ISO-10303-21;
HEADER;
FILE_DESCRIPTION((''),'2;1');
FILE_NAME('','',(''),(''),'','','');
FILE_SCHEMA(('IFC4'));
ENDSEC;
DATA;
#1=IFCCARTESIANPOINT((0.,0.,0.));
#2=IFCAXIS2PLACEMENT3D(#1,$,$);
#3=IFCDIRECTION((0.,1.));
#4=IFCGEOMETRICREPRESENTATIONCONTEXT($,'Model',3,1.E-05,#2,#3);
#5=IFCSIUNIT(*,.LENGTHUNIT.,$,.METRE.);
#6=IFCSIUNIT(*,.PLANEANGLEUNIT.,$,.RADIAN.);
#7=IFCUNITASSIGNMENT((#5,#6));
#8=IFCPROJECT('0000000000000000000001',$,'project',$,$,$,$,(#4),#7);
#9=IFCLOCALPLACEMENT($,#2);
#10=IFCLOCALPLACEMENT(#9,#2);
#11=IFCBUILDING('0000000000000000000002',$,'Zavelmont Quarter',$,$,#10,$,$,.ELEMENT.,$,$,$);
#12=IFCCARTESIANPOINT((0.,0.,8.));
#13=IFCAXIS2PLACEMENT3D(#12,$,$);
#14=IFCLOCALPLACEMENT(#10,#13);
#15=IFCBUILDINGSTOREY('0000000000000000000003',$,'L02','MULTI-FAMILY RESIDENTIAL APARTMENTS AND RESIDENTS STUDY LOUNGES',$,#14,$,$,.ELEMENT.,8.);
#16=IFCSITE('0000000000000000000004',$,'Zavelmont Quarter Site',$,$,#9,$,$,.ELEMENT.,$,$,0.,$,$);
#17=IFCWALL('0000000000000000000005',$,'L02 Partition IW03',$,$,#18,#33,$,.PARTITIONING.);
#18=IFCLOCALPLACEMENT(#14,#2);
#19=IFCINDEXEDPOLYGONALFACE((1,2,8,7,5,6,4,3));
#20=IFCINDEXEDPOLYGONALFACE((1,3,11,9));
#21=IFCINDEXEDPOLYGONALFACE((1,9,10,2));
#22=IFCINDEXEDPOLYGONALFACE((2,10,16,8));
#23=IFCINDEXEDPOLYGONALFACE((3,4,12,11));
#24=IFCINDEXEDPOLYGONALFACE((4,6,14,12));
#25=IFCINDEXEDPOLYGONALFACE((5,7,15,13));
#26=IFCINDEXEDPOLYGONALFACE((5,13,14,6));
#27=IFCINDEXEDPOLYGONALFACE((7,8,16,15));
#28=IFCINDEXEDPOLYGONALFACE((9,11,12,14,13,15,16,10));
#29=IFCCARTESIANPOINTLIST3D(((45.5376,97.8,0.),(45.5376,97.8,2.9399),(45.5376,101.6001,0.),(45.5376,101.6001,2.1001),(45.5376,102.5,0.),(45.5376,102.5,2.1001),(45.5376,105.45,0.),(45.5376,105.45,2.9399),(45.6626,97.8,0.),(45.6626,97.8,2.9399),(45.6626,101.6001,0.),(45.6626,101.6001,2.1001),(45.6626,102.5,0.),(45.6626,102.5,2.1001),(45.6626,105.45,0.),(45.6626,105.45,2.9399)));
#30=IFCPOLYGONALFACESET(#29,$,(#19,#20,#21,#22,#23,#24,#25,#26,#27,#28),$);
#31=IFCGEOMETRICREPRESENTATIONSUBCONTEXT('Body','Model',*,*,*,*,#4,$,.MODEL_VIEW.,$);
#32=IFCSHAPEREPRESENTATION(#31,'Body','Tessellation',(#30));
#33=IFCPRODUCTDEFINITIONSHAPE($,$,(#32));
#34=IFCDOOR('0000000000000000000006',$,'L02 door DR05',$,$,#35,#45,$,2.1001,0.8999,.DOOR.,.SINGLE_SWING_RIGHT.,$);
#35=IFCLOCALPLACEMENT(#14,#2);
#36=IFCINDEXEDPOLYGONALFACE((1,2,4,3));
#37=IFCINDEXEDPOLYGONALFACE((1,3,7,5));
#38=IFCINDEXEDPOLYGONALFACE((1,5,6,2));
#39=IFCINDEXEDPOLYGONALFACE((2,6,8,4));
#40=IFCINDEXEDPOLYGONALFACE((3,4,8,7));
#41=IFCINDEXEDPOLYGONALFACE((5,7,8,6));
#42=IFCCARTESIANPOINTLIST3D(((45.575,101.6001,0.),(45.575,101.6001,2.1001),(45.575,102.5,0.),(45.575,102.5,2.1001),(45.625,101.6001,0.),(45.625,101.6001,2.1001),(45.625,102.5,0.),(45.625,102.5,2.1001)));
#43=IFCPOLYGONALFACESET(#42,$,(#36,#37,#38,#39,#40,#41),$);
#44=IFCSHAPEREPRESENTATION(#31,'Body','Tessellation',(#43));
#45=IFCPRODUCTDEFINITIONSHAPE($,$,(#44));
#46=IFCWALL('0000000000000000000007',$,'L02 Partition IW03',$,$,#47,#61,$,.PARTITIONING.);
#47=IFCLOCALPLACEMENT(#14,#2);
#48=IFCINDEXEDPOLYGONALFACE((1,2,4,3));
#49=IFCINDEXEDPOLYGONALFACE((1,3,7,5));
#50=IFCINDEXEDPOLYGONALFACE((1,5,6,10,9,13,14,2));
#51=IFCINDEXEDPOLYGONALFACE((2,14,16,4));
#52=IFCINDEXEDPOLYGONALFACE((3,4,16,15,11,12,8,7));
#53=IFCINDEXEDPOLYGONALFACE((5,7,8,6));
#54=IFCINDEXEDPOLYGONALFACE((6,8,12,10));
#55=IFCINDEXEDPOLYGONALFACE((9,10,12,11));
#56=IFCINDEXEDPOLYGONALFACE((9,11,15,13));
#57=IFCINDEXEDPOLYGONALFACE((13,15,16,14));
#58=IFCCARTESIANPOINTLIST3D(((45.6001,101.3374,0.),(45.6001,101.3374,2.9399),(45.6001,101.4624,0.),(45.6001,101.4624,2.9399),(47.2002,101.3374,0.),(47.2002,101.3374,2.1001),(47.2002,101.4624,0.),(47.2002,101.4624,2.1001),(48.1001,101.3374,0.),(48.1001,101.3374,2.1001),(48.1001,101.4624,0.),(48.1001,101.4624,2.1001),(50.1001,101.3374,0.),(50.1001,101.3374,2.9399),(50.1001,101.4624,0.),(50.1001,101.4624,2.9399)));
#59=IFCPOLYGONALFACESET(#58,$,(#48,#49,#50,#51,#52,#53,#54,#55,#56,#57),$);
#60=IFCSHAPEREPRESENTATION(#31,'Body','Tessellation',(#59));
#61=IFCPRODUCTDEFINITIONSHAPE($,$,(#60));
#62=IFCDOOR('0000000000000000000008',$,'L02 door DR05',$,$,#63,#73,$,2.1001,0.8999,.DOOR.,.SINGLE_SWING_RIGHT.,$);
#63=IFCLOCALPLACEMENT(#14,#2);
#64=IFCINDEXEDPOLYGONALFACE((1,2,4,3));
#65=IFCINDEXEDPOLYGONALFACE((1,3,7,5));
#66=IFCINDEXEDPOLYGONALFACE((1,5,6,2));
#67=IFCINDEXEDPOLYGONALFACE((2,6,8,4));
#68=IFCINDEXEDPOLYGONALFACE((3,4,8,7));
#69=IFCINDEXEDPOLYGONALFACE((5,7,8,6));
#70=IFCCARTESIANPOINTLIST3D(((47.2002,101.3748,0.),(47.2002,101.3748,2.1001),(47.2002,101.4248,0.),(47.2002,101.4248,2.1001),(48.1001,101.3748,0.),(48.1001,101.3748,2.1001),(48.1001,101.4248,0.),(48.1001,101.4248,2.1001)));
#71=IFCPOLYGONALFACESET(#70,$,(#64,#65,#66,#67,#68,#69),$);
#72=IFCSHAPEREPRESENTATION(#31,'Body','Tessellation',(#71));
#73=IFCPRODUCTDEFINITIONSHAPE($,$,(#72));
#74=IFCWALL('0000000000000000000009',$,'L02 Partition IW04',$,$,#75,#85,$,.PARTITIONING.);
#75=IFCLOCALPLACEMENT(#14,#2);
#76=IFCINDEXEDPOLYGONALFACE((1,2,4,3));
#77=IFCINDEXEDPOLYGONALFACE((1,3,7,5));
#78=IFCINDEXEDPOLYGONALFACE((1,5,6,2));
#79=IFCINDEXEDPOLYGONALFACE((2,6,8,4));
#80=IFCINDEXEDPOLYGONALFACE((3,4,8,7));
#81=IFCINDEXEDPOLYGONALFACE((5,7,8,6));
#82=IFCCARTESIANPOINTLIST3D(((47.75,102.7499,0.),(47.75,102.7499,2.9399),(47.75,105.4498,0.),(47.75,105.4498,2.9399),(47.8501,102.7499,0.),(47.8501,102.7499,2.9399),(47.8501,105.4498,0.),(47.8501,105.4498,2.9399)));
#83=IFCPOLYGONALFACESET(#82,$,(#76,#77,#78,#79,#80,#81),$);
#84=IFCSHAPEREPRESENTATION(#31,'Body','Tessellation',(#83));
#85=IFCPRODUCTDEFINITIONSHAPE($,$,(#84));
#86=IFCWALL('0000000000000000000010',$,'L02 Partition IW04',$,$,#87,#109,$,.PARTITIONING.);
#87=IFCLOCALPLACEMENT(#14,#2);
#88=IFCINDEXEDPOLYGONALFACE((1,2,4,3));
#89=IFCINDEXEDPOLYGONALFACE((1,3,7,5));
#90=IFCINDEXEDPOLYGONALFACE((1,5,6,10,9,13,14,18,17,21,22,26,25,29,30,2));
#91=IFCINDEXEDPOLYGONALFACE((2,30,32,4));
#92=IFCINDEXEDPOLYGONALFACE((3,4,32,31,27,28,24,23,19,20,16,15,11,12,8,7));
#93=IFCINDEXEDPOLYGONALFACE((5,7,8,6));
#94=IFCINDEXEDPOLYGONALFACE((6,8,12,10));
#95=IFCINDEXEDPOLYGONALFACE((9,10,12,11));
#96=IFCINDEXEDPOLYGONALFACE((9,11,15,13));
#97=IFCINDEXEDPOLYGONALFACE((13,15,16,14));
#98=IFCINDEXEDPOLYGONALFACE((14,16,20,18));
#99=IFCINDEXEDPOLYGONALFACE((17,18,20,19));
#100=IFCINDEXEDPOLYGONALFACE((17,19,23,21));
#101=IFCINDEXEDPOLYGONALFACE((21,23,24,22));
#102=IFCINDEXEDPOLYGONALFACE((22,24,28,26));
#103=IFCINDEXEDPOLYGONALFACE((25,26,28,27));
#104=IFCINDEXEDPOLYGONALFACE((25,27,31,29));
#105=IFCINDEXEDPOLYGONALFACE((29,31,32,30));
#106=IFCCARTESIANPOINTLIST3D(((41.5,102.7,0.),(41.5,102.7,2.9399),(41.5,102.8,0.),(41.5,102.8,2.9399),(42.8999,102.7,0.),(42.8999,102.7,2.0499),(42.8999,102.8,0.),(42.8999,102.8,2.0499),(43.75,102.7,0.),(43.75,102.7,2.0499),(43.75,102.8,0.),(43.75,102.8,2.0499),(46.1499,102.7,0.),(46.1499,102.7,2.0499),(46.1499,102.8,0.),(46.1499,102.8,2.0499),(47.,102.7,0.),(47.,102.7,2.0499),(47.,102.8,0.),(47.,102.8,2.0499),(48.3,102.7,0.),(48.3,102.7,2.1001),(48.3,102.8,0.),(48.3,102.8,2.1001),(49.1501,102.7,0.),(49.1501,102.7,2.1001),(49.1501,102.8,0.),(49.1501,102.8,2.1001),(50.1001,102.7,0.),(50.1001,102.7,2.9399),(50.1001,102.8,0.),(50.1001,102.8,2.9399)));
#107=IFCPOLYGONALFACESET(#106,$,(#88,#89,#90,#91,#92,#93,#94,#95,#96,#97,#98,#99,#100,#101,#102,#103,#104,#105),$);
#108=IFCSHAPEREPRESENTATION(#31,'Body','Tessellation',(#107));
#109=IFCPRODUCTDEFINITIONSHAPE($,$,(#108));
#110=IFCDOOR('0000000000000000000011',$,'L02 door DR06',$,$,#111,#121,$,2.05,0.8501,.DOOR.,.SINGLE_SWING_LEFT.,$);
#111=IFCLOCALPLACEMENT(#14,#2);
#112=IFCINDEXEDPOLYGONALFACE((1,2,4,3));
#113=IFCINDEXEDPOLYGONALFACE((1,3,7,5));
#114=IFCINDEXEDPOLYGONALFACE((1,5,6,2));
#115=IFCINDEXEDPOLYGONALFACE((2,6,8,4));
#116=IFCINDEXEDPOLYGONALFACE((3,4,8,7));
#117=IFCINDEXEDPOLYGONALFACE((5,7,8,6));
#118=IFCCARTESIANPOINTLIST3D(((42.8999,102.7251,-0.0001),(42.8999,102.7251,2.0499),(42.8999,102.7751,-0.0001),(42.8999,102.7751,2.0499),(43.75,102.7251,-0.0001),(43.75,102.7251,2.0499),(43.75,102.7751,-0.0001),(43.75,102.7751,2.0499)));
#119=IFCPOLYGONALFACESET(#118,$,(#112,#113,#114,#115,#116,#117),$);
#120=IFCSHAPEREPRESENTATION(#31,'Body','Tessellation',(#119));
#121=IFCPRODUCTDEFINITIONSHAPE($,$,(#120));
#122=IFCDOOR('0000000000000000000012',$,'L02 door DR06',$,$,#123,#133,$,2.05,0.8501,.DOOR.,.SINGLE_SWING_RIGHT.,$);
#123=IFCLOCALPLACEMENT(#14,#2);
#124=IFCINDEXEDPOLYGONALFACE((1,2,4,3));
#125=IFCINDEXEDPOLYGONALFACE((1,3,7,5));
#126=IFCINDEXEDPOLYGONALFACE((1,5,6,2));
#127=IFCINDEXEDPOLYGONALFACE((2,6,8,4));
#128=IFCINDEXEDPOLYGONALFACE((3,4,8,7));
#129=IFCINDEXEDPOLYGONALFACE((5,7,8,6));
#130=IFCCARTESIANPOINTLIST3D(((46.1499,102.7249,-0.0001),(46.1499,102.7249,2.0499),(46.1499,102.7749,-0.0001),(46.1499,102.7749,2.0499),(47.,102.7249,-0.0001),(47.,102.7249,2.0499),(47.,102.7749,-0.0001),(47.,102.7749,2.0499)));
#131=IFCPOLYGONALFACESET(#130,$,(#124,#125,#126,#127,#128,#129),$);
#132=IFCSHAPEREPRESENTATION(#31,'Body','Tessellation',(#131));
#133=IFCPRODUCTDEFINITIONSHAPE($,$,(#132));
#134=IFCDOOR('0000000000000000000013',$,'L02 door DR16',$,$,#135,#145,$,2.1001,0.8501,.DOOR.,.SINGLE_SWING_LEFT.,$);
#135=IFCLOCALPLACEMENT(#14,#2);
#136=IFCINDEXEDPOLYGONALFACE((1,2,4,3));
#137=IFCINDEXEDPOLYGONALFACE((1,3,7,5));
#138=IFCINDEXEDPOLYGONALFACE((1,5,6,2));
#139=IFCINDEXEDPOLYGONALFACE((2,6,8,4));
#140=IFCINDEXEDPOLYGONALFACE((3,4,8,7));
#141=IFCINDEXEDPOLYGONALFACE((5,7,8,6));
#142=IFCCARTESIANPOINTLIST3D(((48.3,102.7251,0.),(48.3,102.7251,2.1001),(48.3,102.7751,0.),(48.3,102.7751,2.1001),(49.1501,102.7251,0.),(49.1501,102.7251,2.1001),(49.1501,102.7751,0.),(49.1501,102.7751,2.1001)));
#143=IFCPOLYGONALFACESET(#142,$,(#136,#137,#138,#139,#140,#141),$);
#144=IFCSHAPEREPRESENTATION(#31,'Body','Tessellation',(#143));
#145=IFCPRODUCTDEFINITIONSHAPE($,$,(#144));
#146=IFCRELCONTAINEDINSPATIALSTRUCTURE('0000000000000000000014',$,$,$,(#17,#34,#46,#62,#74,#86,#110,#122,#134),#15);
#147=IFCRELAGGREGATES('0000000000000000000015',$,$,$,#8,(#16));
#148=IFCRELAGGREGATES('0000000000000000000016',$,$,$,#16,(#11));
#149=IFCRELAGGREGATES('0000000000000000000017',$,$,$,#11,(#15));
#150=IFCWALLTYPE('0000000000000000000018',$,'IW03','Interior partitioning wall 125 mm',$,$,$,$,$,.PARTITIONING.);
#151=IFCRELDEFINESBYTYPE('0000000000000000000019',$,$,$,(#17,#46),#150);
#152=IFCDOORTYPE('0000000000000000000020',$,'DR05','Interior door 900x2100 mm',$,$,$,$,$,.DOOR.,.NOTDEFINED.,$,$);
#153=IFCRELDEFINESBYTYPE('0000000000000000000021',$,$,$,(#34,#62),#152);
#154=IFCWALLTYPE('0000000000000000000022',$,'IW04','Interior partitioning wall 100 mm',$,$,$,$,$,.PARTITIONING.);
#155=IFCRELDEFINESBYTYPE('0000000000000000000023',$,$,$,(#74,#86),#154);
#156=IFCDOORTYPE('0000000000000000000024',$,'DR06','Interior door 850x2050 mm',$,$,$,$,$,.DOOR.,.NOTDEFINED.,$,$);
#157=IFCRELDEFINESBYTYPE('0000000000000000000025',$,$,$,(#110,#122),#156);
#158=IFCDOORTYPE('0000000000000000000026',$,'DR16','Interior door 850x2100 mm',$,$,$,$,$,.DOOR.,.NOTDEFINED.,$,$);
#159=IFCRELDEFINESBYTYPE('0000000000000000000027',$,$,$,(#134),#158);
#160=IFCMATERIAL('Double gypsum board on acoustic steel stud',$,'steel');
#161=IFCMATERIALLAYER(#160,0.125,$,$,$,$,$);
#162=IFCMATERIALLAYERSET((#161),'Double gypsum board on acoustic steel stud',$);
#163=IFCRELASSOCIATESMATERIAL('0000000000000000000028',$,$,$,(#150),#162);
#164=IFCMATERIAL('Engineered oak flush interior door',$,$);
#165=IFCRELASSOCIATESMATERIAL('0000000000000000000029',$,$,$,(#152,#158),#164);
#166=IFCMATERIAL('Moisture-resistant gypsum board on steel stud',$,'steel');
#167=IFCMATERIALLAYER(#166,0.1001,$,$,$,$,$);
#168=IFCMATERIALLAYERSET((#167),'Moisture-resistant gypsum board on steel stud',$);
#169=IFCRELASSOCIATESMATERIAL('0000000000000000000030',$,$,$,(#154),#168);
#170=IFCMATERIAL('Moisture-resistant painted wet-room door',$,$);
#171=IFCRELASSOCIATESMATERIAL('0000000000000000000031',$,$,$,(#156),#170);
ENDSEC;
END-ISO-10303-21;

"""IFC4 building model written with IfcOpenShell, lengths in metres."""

from ifc_helpers import new_model, si_unit, direction, frame, frame_2d, origin, origin_with_axes, place, context, subcontext, project, spatial, rectangle, extrude, material, layer, layer_set, type_object, element, fill, save


model = new_model("IFC4")

# Units and contexts
model_context = context("Model", 3, precision=1e-05, world=origin(), true_north=direction((0.0, 1.0)))
body_context = subcontext(model_context, "Body", "Model", "MODEL_VIEW")
ifc_project = project(units=[si_unit("LENGTHUNIT", "METRE"), si_unit("PLANEANGLEUNIT", "RADIAN")], contexts=[model_context])

# Site, building, storey
site_placement = place(None, origin())
site = spatial("IfcSite", under=ifc_project, at=site_placement, Name="Zavelmont Quarter Site", CompositionType="ELEMENT", RefElevation=0.0)
building_placement = place(site_placement, origin())
building = spatial("IfcBuilding", under=site, at=building_placement, Name="Zavelmont Quarter", CompositionType="ELEMENT")
storey_placement = place(building_placement, frame((0.0, 0.0, 8.0)))
storey = spatial("IfcBuildingStorey", under=building, at=storey_placement, Name="L02", Description="MULTI-FAMILY RESIDENTIAL APARTMENTS AND RESIDENTS STUDY LOUNGES", CompositionType="ELEMENT", Elevation=8.0)

# Walls, openings, doors
ifc_material_1 = material(Name="Double gypsum board on acoustic steel stud", Category="steel")
ifc_layer_1 = layer(ifc_material_1, 0.125)
ifc_layer_set_1 = layer_set([ifc_layer_1], Name="Double gypsum board on acoustic steel stud")
wall_type_1 = type_object("IfcWallType", Name="IW03", Description="Interior partitioning wall 125 mm", PredefinedType="PARTITIONING", material=ifc_layer_set_1)
wall_1_placement = place(storey_placement, frame((45.6001, 105.45, 0.0), z_axis=(0.0, 0.0, 1.0), x_axis=(0.0, -1.0, 0.0)))
wall_1 = element("IfcWall", 1, at=wall_1_placement, inside=storey, type_object=wall_type_1, Name="L02 Partition IW03", PredefinedType="PARTITIONING", context=body_context, shape_type="SweptSolid", body=[
    extrude(rectangle(XDim=7.6499, YDim=0.125, at=frame_2d((3.825, 0.0))), origin(), (0.0, 0.0, 1.0), 2.9399),
])
opening_1_placement = place(wall_1_placement, frame((2.95, 0.0, 0.0)))
opening_1 = element("IfcOpeningElement", 2, at=opening_1_placement, cuts=wall_1, PredefinedType="OPENING", context=body_context, shape_type="SweptSolid", body=[
    extrude(rectangle(XDim=0.8999, YDim=2.1001, at=frame_2d((0.45, 1.05))), frame((0.0, 0.0745, 0.0), z_axis=(0.0, -1.0, 0.0), x_axis=(1.0, 0.0, 0.0)), (0.0, 0.0, 1.0), 0.1489),
])
ifc_material_2 = material(Name="Engineered oak flush interior door")
door_type_1 = type_object("IfcDoorType", Name="DR05", Description="Interior door 900x2100 mm", OperationType="NOTDEFINED", PredefinedType="DOOR", material=ifc_material_2)
door_1_placement = place(opening_1_placement, origin_with_axes())
door_1 = element("IfcDoor", 3, at=door_1_placement, inside=storey, type_object=door_type_1, Name="L02 door DR05", OperationType="SINGLE_SWING_RIGHT", OverallHeight=2.1001, OverallWidth=0.8999, PredefinedType="DOOR", context=body_context, shape_type="SweptSolid", body=[
    extrude(rectangle(XDim=0.8999, YDim=2.1001, at=frame_2d((0.45, 1.05))), frame((0.0, 0.0249, 0.0), z_axis=(0.0, -1.0, 0.0), x_axis=(1.0, 0.0, 0.0)), (0.0, 0.0, 1.0), 0.05),
])
fill(opening_1, door_1)
wall_2_placement = place(storey_placement, frame((45.6001, 101.3999, 0.0), z_axis=(0.0, 0.0, 1.0), x_axis=(1.0, 0.0, 0.0)))
wall_2 = element("IfcWall", 4, at=wall_2_placement, inside=storey, type_object=wall_type_1, Name="L02 Partition IW03", PredefinedType="PARTITIONING", context=body_context, shape_type="SweptSolid", body=[
    extrude(rectangle(XDim=4.5, YDim=0.125, at=frame_2d((2.25, 0.0))), origin(), (0.0, 0.0, 1.0), 2.9399),
])
opening_2_placement = place(wall_2_placement, frame((1.6001, 0.0, 0.0)))
opening_2 = element("IfcOpeningElement", 5, at=opening_2_placement, cuts=wall_2, PredefinedType="OPENING", context=body_context, shape_type="SweptSolid", body=[
    extrude(rectangle(XDim=0.8999, YDim=2.1001, at=frame_2d((0.45, 1.05))), frame((0.0, 0.0745, 0.0), z_axis=(0.0, -1.0, 0.0), x_axis=(1.0, 0.0, 0.0)), (0.0, 0.0, 1.0), 0.1489),
])
door_2_placement = place(opening_2_placement, origin_with_axes())
door_2 = element("IfcDoor", 6, at=door_2_placement, inside=storey, type_object=door_type_1, Name="L02 door DR05", OperationType="SINGLE_SWING_RIGHT", OverallHeight=2.1001, OverallWidth=0.8999, PredefinedType="DOOR", context=body_context, shape_type="SweptSolid", body=[
    extrude(rectangle(XDim=0.8999, YDim=2.1001, at=frame_2d((0.45, 1.05))), frame((0.0, 0.0249, 0.0), z_axis=(0.0, -1.0, 0.0), x_axis=(1.0, 0.0, 0.0)), (0.0, 0.0, 1.0), 0.05),
])
fill(opening_2, door_2)

# Wall
ifc_material_3 = material(Name="Moisture-resistant gypsum board on steel stud", Category="steel")
ifc_layer_2 = layer(ifc_material_3, 0.1001)
ifc_layer_set_2 = layer_set([ifc_layer_2], Name="Moisture-resistant gypsum board on steel stud")
wall_type_2 = type_object("IfcWallType", Name="IW04", Description="Interior partitioning wall 100 mm", PredefinedType="PARTITIONING", material=ifc_layer_set_2)
wall_3_placement = place(storey_placement, frame((47.8, 105.45, 0.0), z_axis=(0.0, 0.0, 1.0), x_axis=(0.0, -1.0, 0.0)))
element("IfcWall", 7, at=wall_3_placement, inside=storey, type_object=wall_type_2, Name="L02 Partition IW04", PredefinedType="PARTITIONING", context=body_context, shape_type="SweptSolid", body=[
    extrude(rectangle(XDim=2.7, YDim=0.1001, at=frame_2d((1.3501, 0.0))), origin(), (0.0, 0.0, 1.0), 2.9399),
])

# Wall, openings, doors
wall_4_placement = place(storey_placement, frame((41.5, 102.75, 0.0), z_axis=(0.0, 0.0, 1.0), x_axis=(1.0, 0.0, 0.0)))
wall_4 = element("IfcWall", 8, at=wall_4_placement, inside=storey, type_object=wall_type_2, Name="L02 Partition IW04", PredefinedType="PARTITIONING", context=body_context, shape_type="SweptSolid", body=[
    extrude(rectangle(XDim=8.6001, YDim=0.1001, at=frame_2d((4.3, 0.0))), origin(), (0.0, 0.0, 1.0), 2.9399),
])
opening_3_placement = place(wall_4_placement, frame((1.3999, 0.0, 0.0)))
opening_3 = element("IfcOpeningElement", 9, at=opening_3_placement, cuts=wall_4, PredefinedType="OPENING", context=body_context, shape_type="SweptSolid", body=[
    extrude(rectangle(XDim=0.8501, YDim=2.05, at=frame_2d((0.425, 1.0249))), frame((0.0, 0.062, 0.0), z_axis=(0.0, -1.0, 0.0), x_axis=(1.0, 0.0, 0.0)), (0.0, 0.0, 1.0), 0.124),
])
opening_4_placement = place(wall_4_placement, frame((4.6499, 0.0, 0.0)))
opening_4 = element("IfcOpeningElement", 10, at=opening_4_placement, cuts=wall_4, PredefinedType="OPENING", context=body_context, shape_type="SweptSolid", body=[
    extrude(rectangle(XDim=0.8501, YDim=2.05, at=frame_2d((0.425, 1.0249))), frame((0.0, 0.062, 0.0), z_axis=(0.0, -1.0, 0.0), x_axis=(1.0, 0.0, 0.0)), (0.0, 0.0, 1.0), 0.124),
])
opening_5_placement = place(wall_4_placement, frame((6.8, 0.0, 0.0)))
opening_5 = element("IfcOpeningElement", 11, at=opening_5_placement, cuts=wall_4, PredefinedType="OPENING", context=body_context, shape_type="SweptSolid", body=[
    extrude(rectangle(XDim=0.8501, YDim=2.1001, at=frame_2d((0.425, 1.05))), frame((0.0, 0.062, 0.0), z_axis=(0.0, -1.0, 0.0), x_axis=(1.0, 0.0, 0.0)), (0.0, 0.0, 1.0), 0.124),
])
ifc_material_4 = material(Name="Moisture-resistant painted wet-room door")
door_type_2 = type_object("IfcDoorType", Name="DR06", Description="Interior door 850x2050 mm", OperationType="NOTDEFINED", PredefinedType="DOOR", material=ifc_material_4)
door_3_placement = place(opening_3_placement, frame((0.8501, 0.0, 0.0), z_axis=(0.0, 0.0, 1.0), x_axis=(-1.0, 0.0, 0.0)))
door_3 = element("IfcDoor", 12, at=door_3_placement, inside=storey, type_object=door_type_2, Name="L02 door DR06", OperationType="SINGLE_SWING_LEFT", OverallHeight=2.05, OverallWidth=0.8501, PredefinedType="DOOR", context=body_context, shape_type="SweptSolid", body=[
    extrude(rectangle(XDim=0.8501, YDim=2.05, at=frame_2d((0.425, 1.0249))), frame((0.0, 0.0249, 0.0), z_axis=(0.0, -1.0, 0.0), x_axis=(1.0, 0.0, 0.0)), (0.0, 0.0, 1.0), 0.05),
])
fill(opening_3, door_3)
door_4_placement = place(opening_4_placement, origin_with_axes())
door_4 = element("IfcDoor", 13, at=door_4_placement, inside=storey, type_object=door_type_2, Name="L02 door DR06", OperationType="SINGLE_SWING_RIGHT", OverallHeight=2.05, OverallWidth=0.8501, PredefinedType="DOOR", context=body_context, shape_type="SweptSolid", body=[
    extrude(rectangle(XDim=0.8501, YDim=2.05, at=frame_2d((0.425, 1.0249))), frame((0.0, 0.0249, 0.0), z_axis=(0.0, -1.0, 0.0), x_axis=(1.0, 0.0, 0.0)), (0.0, 0.0, 1.0), 0.05),
])
fill(opening_4, door_4)
door_type_3 = type_object("IfcDoorType", Name="DR16", Description="Interior door 850x2100 mm", OperationType="NOTDEFINED", PredefinedType="DOOR", material=ifc_material_2)
door_5_placement = place(opening_5_placement, frame((0.8501, 0.0, 0.0), z_axis=(0.0, 0.0, 1.0), x_axis=(-1.0, 0.0, 0.0)))
door_5 = element("IfcDoor", 14, at=door_5_placement, inside=storey, type_object=door_type_3, Name="L02 door DR16", OperationType="SINGLE_SWING_LEFT", OverallHeight=2.1001, OverallWidth=0.8501, PredefinedType="DOOR", context=body_context, shape_type="SweptSolid", body=[
    extrude(rectangle(XDim=0.8501, YDim=2.1001, at=frame_2d((0.425, 1.05))), frame((0.0, 0.0249, 0.0), z_axis=(0.0, -1.0, 0.0), x_axis=(1.0, 0.0, 0.0)), (0.0, 0.0, 1.0), 0.05),
])
fill(opening_5, door_5)

save(model, "model.ifc")
